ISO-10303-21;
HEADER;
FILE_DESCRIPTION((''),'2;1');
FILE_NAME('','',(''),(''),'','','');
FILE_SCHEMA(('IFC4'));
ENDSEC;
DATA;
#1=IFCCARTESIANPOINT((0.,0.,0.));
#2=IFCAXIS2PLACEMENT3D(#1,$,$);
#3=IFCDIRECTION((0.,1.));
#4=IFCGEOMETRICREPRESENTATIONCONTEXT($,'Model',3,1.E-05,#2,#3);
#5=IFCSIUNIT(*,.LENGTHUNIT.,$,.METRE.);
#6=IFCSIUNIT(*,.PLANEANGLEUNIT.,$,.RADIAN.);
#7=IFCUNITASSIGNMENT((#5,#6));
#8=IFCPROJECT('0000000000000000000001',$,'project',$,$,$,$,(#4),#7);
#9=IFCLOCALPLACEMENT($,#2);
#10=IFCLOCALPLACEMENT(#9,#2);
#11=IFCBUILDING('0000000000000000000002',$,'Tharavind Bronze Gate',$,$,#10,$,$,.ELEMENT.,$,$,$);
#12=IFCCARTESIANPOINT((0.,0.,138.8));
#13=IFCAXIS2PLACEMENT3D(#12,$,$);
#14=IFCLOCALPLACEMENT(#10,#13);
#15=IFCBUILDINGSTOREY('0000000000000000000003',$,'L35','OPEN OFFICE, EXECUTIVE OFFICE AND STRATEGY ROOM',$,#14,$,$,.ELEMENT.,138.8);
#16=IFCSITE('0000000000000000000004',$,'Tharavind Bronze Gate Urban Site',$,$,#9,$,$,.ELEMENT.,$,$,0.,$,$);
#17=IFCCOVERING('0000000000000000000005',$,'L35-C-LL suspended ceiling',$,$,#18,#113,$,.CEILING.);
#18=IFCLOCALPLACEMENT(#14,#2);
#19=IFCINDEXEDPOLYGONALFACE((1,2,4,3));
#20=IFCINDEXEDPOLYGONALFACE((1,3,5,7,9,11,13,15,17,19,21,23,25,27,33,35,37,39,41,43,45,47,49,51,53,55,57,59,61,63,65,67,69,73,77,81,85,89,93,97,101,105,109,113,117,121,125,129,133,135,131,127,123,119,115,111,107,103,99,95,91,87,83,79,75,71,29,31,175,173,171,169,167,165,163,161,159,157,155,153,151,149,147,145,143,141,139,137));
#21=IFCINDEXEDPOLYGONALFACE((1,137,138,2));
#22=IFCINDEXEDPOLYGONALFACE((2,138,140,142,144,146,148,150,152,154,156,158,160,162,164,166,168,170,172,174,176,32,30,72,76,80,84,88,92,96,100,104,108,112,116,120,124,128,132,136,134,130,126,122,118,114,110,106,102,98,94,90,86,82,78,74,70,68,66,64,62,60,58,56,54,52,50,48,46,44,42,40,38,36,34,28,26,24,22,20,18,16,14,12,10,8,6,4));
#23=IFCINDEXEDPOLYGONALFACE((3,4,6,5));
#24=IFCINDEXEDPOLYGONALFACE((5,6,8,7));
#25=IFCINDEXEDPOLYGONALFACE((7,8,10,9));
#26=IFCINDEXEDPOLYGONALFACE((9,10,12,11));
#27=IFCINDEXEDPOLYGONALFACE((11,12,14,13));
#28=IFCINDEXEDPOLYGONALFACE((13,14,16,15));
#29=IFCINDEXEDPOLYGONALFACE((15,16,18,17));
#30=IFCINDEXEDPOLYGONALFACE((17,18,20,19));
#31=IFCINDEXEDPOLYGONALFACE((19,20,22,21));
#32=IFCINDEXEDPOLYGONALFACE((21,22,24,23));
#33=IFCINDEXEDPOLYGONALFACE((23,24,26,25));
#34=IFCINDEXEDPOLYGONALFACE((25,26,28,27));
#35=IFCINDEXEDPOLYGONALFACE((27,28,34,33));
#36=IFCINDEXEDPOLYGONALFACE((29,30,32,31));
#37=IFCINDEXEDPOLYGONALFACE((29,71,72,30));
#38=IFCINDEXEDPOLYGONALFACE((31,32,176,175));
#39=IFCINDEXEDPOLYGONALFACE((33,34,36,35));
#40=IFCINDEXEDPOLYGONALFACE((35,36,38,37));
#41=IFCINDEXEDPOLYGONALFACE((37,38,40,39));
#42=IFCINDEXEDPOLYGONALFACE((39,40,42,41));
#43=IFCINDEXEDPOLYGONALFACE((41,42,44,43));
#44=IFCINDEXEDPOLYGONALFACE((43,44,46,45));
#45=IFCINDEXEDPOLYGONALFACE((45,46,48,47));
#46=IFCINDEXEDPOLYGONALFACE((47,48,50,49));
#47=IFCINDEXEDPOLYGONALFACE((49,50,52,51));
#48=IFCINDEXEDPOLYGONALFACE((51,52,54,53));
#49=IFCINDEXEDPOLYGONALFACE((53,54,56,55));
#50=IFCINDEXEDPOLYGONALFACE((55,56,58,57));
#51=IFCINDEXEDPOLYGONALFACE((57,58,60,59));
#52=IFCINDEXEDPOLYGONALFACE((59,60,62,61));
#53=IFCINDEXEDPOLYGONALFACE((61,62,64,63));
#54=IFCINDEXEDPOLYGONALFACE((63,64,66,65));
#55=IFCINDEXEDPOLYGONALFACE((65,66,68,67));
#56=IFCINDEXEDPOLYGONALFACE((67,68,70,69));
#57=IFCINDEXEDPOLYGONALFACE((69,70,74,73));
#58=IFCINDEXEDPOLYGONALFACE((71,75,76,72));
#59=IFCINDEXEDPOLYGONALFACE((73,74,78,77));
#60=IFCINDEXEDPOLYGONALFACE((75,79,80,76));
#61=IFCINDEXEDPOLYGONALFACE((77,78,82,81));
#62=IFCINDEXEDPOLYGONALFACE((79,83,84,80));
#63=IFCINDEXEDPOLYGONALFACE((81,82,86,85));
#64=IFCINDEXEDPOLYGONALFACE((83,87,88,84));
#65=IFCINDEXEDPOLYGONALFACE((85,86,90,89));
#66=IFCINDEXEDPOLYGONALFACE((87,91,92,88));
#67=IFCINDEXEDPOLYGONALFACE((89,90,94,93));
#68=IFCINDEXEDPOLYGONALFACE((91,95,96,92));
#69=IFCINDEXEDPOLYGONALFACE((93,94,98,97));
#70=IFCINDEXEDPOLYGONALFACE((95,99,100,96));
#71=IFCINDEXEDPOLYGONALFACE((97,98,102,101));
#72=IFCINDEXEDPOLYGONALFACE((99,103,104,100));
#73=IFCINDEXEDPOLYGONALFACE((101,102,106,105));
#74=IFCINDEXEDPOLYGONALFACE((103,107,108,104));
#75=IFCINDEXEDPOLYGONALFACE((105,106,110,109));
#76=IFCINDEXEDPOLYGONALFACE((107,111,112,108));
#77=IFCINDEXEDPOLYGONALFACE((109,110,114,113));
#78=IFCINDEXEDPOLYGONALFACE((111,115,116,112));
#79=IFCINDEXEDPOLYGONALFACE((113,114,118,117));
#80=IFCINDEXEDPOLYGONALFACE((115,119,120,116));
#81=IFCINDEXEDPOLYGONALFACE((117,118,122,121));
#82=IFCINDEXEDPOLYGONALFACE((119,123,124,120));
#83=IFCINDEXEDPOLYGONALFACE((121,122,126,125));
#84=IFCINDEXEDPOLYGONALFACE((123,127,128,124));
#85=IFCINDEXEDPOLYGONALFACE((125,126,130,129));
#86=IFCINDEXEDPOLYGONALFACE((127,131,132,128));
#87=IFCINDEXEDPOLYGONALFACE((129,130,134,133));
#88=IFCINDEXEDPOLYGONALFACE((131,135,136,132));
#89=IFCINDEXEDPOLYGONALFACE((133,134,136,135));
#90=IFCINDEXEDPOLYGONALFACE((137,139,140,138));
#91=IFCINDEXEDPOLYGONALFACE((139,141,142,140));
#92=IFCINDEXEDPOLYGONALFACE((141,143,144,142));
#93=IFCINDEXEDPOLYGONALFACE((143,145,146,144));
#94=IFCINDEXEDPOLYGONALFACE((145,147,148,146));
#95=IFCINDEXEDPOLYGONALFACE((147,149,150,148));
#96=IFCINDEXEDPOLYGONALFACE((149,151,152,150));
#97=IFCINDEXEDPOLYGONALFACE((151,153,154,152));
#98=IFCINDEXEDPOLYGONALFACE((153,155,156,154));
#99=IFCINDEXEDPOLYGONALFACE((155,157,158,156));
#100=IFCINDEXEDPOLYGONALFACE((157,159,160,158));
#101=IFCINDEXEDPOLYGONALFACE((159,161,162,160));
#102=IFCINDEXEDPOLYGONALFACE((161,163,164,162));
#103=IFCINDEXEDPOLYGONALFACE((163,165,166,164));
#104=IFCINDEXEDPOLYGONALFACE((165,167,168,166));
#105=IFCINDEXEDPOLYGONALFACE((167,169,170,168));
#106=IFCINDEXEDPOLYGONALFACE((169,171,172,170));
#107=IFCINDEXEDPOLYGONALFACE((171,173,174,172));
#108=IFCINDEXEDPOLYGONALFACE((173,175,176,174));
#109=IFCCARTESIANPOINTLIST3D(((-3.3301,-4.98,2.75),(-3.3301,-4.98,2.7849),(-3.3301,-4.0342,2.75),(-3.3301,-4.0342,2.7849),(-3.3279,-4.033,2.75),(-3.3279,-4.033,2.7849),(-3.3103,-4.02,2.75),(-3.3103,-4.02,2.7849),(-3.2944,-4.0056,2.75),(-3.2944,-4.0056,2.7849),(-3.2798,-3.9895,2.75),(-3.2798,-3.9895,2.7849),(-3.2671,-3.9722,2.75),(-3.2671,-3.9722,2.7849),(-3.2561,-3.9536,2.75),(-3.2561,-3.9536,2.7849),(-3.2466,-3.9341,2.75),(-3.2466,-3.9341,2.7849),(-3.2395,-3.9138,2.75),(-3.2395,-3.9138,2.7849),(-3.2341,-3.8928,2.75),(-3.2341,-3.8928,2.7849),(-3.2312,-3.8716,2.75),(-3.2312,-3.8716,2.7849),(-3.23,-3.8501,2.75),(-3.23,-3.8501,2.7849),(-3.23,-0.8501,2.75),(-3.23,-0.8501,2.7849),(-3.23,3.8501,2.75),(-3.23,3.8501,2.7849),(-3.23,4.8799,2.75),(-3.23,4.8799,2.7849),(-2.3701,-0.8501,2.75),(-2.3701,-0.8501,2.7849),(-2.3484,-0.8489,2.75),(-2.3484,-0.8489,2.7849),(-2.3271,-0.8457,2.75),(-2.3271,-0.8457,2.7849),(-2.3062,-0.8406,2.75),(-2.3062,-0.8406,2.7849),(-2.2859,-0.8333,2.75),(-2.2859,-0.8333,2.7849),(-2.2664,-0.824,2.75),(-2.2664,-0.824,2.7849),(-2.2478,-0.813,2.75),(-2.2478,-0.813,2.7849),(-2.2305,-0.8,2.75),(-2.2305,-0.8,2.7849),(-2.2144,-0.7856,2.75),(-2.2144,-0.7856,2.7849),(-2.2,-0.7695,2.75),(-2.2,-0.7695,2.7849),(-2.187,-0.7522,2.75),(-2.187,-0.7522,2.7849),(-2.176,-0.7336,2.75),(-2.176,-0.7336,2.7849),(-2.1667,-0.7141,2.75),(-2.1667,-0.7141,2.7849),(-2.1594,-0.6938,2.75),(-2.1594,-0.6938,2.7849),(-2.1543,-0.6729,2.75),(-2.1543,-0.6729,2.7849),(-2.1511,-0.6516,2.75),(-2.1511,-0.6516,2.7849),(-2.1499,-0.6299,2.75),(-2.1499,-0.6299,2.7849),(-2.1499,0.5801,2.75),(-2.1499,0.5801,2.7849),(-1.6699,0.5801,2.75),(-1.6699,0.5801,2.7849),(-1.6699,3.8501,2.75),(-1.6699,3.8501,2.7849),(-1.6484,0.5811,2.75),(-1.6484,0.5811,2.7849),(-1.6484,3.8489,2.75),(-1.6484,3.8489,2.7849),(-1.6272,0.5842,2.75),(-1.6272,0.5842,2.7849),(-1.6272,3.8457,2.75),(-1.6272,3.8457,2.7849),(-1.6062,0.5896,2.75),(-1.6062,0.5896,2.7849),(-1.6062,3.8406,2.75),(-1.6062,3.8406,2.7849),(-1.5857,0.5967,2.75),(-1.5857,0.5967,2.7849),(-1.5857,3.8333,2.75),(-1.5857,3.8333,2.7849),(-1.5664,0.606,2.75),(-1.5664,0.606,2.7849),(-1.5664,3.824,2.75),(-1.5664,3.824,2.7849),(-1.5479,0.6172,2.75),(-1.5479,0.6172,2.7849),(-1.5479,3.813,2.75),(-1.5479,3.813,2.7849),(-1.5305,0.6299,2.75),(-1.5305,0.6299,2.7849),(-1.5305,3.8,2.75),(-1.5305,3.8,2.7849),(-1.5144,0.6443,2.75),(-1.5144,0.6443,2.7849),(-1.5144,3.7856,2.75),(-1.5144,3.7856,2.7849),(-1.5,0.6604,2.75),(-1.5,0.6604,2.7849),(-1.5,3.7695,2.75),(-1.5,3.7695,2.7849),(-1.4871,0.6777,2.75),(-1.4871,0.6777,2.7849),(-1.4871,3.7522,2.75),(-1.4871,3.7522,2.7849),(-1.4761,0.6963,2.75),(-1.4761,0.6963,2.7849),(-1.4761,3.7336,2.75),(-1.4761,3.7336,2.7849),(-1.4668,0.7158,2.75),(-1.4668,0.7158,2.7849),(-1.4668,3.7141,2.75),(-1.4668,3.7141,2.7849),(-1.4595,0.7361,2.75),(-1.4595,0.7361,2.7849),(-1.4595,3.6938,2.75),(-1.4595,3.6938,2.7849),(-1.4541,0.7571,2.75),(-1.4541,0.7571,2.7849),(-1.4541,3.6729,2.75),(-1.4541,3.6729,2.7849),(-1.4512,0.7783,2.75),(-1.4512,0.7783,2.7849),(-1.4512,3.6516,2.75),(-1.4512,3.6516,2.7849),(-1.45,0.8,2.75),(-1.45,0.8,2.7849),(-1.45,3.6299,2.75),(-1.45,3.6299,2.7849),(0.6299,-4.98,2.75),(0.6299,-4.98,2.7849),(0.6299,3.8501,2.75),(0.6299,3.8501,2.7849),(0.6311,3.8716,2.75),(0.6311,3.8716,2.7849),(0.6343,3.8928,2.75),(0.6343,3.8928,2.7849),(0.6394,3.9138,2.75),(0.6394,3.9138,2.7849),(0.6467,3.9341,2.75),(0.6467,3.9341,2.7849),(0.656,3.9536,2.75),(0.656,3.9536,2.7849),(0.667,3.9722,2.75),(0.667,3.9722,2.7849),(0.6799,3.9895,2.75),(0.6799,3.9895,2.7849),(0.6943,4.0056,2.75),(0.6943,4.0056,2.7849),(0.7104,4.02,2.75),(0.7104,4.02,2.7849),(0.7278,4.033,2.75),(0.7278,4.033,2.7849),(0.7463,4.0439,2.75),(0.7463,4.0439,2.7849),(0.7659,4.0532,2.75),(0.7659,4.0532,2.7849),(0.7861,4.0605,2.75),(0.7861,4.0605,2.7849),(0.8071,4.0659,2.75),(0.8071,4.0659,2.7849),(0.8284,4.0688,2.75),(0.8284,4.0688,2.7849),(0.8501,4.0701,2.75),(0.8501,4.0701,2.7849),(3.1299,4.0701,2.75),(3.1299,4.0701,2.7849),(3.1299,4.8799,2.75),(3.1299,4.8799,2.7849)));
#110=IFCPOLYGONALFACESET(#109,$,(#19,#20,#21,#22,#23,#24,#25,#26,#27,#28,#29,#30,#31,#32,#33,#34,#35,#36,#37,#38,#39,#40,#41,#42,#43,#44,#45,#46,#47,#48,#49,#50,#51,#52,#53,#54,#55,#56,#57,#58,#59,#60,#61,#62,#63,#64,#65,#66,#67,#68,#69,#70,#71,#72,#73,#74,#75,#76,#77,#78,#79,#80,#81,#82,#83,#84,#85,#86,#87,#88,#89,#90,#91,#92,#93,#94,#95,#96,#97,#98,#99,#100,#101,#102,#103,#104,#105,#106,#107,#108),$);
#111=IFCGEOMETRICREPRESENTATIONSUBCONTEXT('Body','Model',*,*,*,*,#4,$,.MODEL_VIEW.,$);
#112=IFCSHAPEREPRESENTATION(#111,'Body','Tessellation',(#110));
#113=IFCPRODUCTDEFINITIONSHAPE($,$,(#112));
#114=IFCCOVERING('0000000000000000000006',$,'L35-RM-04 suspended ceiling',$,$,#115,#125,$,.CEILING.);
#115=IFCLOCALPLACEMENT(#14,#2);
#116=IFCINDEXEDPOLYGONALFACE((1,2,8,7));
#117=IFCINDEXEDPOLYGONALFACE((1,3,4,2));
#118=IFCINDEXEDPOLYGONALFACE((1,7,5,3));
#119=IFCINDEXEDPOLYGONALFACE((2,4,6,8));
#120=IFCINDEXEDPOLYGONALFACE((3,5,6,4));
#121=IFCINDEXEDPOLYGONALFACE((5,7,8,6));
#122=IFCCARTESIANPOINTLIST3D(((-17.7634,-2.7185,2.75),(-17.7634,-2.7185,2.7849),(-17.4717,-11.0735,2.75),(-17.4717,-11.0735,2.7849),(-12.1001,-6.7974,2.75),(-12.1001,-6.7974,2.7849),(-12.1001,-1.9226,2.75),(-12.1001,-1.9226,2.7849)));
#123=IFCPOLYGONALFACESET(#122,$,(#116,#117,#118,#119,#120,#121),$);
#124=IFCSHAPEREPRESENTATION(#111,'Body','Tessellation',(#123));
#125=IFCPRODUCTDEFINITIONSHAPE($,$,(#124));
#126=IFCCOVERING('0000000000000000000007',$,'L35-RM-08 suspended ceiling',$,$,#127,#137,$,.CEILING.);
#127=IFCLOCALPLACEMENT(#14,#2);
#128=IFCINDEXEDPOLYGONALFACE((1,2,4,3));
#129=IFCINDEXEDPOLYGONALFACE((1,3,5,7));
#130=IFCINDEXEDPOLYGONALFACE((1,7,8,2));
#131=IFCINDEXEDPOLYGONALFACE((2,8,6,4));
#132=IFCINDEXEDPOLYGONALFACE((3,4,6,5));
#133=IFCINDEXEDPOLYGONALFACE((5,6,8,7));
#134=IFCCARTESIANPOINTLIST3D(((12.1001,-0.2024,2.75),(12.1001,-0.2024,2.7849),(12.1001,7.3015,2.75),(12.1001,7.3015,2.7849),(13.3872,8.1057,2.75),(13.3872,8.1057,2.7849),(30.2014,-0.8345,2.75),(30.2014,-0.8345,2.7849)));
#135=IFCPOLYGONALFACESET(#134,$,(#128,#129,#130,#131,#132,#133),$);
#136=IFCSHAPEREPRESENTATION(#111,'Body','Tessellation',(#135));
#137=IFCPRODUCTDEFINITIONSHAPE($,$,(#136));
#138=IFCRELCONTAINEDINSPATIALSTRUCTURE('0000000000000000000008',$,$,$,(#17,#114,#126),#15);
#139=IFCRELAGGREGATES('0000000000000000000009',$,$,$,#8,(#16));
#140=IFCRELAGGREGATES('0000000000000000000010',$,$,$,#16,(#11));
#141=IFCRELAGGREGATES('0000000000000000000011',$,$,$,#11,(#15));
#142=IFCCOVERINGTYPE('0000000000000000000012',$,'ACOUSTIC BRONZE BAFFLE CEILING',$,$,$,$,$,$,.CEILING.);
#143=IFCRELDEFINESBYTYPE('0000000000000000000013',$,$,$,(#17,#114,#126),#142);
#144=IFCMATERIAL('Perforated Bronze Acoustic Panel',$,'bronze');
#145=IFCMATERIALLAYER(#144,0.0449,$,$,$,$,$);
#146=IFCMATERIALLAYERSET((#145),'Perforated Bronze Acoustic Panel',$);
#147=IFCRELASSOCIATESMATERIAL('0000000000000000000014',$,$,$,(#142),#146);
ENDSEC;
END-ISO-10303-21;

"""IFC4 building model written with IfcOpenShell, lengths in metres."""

from ifc_helpers import new_model, si_unit, direction, frame, origin, place, context, subcontext, project, spatial, polyline, outline, extrude, material, layer, layer_set, type_object, element, save


model = new_model("IFC4")

# Units and contexts
model_context = context("Model", 3, precision=1e-05, world=origin(), true_north=direction((0.0, 1.0)))
body_context = subcontext(model_context, "Body", "Model", "MODEL_VIEW")
ifc_project = project(units=[si_unit("LENGTHUNIT", "METRE"), si_unit("PLANEANGLEUNIT", "RADIAN")], contexts=[model_context])

# Site, building, storey
site_placement = place(None, origin())
site = spatial("IfcSite", under=ifc_project, at=site_placement, Name="Tharavind Bronze Gate Urban Site", CompositionType="ELEMENT", RefElevation=0.0)
building_placement = place(site_placement, origin())
building = spatial("IfcBuilding", under=site, at=building_placement, Name="Tharavind Bronze Gate", CompositionType="ELEMENT")
storey_placement = place(building_placement, frame((0.0, 0.0, 138.8)))
storey = spatial("IfcBuildingStorey", under=building, at=storey_placement, Name="L35", Description="OPEN OFFICE, EXECUTIVE OFFICE AND STRATEGY ROOM", CompositionType="ELEMENT", Elevation=138.8)

# Coverings
ifc_material_1 = material(Name="Perforated Bronze Acoustic Panel", Category="bronze")
ifc_layer_1 = layer(ifc_material_1, 0.0449)
ifc_layer_set_1 = layer_set([ifc_layer_1], Name="Perforated Bronze Acoustic Panel")
covering_type_1 = type_object("IfcCoveringType", Name="ACOUSTIC BRONZE BAFFLE CEILING", PredefinedType="CEILING", material=ifc_layer_set_1)
covering_1_placement = place(storey_placement, frame((0.0, 0.0, 2.75)))
element("IfcCovering", 1, at=covering_1_placement, inside=storey, type_object=covering_type_1, Name="L35-C-LL suspended ceiling", PredefinedType="CEILING", context=body_context, shape_type="SweptSolid", body=[
    extrude(outline(polyline([(-3.3301, -4.98), (0.6299, -4.98), (0.6299, 3.8501), (0.6311, 3.8716), (0.6343, 3.8928), (0.6394, 3.9138), (0.6467, 3.9341), (0.656, 3.9536), (0.667, 3.9722), (0.6799, 3.9895), (0.6943, 4.0056), (0.7104, 4.02), (0.7278, 4.033), (0.7463, 4.0439), (0.7659, 4.0532), (0.7861, 4.0605), (0.8071, 4.0659), (0.8284, 4.0688), (0.8501, 4.0701), (3.1299, 4.0701), (3.1299, 4.8799), (-3.23, 4.8799), (-3.23, 3.8501), (-1.6699, 3.8501), (-1.6484, 3.8489), (-1.6272, 3.8457), (-1.6062, 3.8406), (-1.5857, 3.8333), (-1.5664, 3.824), (-1.5479, 3.813), (-1.5305, 3.8), (-1.5144, 3.7856), (-1.5, 3.7695), (-1.4871, 3.7522), (-1.4761, 3.7336), (-1.4668, 3.7141), (-1.4595, 3.6938), (-1.4541, 3.6729), (-1.4512, 3.6516), (-1.45, 3.6299), (-1.45, 0.8), (-1.4512, 0.7783), (-1.4541, 0.7571), (-1.4595, 0.7361), (-1.4668, 0.7158), (-1.4761, 0.6963), (-1.4871, 0.6777), (-1.5, 0.6604), (-1.5144, 0.6443), (-1.5305, 0.6299), (-1.5479, 0.6172), (-1.5664, 0.606), (-1.5857, 0.5967), (-1.6062, 0.5896), (-1.6272, 0.5842), (-1.6484, 0.5811), (-1.6699, 0.5801), (-2.1499, 0.5801), (-2.1499, -0.6299), (-2.1511, -0.6516), (-2.1543, -0.6729), (-2.1594, -0.6938), (-2.1667, -0.7141), (-2.176, -0.7336), (-2.187, -0.7522), (-2.2, -0.7695), (-2.2144, -0.7856), (-2.2305, -0.8), (-2.2478, -0.813), (-2.2664, -0.824), (-2.2859, -0.8333), (-2.3062, -0.8406), (-2.3271, -0.8457), (-2.3484, -0.8489), (-2.3701, -0.8501), (-3.23, -0.8501), (-3.23, -3.8501), (-3.2312, -3.8716), (-3.2341, -3.8928), (-3.2395, -3.9138), (-3.2466, -3.9341), (-3.2561, -3.9536), (-3.2671, -3.9722), (-3.2798, -3.9895), (-3.2944, -4.0056), (-3.3103, -4.02), (-3.3279, -4.033), (-3.3301, -4.0342), (-3.3301, -4.98)])), origin(), (0.0, 0.0, 1.0), 0.0349),
])
covering_2_placement = place(storey_placement, frame((0.0, 0.0, 2.75)))
element("IfcCovering", 2, at=covering_2_placement, inside=storey, type_object=covering_type_1, Name="L35-RM-04 suspended ceiling", PredefinedType="CEILING", context=body_context, shape_type="SweptSolid", body=[
    extrude(outline(polyline([(-17.4717, -11.0735), (-12.1001, -6.7974), (-12.1001, -1.9226), (-17.7634, -2.7185), (-17.4717, -11.0735)])), origin(), (0.0, 0.0, 1.0), 0.0349),
])
covering_3_placement = place(storey_placement, frame((0.0, 0.0, 2.75)))
element("IfcCovering", 3, at=covering_3_placement, inside=storey, type_object=covering_type_1, Name="L35-RM-08 suspended ceiling", PredefinedType="CEILING", context=body_context, shape_type="SweptSolid", body=[
    extrude(outline(polyline([(30.2014, -0.8345), (13.3872, 8.1057), (12.1001, 7.3015), (12.1001, -0.2024), (30.2014, -0.8345)])), origin(), (0.0, 0.0, 1.0), 0.0349),
])

save(model, "model.ifc")
